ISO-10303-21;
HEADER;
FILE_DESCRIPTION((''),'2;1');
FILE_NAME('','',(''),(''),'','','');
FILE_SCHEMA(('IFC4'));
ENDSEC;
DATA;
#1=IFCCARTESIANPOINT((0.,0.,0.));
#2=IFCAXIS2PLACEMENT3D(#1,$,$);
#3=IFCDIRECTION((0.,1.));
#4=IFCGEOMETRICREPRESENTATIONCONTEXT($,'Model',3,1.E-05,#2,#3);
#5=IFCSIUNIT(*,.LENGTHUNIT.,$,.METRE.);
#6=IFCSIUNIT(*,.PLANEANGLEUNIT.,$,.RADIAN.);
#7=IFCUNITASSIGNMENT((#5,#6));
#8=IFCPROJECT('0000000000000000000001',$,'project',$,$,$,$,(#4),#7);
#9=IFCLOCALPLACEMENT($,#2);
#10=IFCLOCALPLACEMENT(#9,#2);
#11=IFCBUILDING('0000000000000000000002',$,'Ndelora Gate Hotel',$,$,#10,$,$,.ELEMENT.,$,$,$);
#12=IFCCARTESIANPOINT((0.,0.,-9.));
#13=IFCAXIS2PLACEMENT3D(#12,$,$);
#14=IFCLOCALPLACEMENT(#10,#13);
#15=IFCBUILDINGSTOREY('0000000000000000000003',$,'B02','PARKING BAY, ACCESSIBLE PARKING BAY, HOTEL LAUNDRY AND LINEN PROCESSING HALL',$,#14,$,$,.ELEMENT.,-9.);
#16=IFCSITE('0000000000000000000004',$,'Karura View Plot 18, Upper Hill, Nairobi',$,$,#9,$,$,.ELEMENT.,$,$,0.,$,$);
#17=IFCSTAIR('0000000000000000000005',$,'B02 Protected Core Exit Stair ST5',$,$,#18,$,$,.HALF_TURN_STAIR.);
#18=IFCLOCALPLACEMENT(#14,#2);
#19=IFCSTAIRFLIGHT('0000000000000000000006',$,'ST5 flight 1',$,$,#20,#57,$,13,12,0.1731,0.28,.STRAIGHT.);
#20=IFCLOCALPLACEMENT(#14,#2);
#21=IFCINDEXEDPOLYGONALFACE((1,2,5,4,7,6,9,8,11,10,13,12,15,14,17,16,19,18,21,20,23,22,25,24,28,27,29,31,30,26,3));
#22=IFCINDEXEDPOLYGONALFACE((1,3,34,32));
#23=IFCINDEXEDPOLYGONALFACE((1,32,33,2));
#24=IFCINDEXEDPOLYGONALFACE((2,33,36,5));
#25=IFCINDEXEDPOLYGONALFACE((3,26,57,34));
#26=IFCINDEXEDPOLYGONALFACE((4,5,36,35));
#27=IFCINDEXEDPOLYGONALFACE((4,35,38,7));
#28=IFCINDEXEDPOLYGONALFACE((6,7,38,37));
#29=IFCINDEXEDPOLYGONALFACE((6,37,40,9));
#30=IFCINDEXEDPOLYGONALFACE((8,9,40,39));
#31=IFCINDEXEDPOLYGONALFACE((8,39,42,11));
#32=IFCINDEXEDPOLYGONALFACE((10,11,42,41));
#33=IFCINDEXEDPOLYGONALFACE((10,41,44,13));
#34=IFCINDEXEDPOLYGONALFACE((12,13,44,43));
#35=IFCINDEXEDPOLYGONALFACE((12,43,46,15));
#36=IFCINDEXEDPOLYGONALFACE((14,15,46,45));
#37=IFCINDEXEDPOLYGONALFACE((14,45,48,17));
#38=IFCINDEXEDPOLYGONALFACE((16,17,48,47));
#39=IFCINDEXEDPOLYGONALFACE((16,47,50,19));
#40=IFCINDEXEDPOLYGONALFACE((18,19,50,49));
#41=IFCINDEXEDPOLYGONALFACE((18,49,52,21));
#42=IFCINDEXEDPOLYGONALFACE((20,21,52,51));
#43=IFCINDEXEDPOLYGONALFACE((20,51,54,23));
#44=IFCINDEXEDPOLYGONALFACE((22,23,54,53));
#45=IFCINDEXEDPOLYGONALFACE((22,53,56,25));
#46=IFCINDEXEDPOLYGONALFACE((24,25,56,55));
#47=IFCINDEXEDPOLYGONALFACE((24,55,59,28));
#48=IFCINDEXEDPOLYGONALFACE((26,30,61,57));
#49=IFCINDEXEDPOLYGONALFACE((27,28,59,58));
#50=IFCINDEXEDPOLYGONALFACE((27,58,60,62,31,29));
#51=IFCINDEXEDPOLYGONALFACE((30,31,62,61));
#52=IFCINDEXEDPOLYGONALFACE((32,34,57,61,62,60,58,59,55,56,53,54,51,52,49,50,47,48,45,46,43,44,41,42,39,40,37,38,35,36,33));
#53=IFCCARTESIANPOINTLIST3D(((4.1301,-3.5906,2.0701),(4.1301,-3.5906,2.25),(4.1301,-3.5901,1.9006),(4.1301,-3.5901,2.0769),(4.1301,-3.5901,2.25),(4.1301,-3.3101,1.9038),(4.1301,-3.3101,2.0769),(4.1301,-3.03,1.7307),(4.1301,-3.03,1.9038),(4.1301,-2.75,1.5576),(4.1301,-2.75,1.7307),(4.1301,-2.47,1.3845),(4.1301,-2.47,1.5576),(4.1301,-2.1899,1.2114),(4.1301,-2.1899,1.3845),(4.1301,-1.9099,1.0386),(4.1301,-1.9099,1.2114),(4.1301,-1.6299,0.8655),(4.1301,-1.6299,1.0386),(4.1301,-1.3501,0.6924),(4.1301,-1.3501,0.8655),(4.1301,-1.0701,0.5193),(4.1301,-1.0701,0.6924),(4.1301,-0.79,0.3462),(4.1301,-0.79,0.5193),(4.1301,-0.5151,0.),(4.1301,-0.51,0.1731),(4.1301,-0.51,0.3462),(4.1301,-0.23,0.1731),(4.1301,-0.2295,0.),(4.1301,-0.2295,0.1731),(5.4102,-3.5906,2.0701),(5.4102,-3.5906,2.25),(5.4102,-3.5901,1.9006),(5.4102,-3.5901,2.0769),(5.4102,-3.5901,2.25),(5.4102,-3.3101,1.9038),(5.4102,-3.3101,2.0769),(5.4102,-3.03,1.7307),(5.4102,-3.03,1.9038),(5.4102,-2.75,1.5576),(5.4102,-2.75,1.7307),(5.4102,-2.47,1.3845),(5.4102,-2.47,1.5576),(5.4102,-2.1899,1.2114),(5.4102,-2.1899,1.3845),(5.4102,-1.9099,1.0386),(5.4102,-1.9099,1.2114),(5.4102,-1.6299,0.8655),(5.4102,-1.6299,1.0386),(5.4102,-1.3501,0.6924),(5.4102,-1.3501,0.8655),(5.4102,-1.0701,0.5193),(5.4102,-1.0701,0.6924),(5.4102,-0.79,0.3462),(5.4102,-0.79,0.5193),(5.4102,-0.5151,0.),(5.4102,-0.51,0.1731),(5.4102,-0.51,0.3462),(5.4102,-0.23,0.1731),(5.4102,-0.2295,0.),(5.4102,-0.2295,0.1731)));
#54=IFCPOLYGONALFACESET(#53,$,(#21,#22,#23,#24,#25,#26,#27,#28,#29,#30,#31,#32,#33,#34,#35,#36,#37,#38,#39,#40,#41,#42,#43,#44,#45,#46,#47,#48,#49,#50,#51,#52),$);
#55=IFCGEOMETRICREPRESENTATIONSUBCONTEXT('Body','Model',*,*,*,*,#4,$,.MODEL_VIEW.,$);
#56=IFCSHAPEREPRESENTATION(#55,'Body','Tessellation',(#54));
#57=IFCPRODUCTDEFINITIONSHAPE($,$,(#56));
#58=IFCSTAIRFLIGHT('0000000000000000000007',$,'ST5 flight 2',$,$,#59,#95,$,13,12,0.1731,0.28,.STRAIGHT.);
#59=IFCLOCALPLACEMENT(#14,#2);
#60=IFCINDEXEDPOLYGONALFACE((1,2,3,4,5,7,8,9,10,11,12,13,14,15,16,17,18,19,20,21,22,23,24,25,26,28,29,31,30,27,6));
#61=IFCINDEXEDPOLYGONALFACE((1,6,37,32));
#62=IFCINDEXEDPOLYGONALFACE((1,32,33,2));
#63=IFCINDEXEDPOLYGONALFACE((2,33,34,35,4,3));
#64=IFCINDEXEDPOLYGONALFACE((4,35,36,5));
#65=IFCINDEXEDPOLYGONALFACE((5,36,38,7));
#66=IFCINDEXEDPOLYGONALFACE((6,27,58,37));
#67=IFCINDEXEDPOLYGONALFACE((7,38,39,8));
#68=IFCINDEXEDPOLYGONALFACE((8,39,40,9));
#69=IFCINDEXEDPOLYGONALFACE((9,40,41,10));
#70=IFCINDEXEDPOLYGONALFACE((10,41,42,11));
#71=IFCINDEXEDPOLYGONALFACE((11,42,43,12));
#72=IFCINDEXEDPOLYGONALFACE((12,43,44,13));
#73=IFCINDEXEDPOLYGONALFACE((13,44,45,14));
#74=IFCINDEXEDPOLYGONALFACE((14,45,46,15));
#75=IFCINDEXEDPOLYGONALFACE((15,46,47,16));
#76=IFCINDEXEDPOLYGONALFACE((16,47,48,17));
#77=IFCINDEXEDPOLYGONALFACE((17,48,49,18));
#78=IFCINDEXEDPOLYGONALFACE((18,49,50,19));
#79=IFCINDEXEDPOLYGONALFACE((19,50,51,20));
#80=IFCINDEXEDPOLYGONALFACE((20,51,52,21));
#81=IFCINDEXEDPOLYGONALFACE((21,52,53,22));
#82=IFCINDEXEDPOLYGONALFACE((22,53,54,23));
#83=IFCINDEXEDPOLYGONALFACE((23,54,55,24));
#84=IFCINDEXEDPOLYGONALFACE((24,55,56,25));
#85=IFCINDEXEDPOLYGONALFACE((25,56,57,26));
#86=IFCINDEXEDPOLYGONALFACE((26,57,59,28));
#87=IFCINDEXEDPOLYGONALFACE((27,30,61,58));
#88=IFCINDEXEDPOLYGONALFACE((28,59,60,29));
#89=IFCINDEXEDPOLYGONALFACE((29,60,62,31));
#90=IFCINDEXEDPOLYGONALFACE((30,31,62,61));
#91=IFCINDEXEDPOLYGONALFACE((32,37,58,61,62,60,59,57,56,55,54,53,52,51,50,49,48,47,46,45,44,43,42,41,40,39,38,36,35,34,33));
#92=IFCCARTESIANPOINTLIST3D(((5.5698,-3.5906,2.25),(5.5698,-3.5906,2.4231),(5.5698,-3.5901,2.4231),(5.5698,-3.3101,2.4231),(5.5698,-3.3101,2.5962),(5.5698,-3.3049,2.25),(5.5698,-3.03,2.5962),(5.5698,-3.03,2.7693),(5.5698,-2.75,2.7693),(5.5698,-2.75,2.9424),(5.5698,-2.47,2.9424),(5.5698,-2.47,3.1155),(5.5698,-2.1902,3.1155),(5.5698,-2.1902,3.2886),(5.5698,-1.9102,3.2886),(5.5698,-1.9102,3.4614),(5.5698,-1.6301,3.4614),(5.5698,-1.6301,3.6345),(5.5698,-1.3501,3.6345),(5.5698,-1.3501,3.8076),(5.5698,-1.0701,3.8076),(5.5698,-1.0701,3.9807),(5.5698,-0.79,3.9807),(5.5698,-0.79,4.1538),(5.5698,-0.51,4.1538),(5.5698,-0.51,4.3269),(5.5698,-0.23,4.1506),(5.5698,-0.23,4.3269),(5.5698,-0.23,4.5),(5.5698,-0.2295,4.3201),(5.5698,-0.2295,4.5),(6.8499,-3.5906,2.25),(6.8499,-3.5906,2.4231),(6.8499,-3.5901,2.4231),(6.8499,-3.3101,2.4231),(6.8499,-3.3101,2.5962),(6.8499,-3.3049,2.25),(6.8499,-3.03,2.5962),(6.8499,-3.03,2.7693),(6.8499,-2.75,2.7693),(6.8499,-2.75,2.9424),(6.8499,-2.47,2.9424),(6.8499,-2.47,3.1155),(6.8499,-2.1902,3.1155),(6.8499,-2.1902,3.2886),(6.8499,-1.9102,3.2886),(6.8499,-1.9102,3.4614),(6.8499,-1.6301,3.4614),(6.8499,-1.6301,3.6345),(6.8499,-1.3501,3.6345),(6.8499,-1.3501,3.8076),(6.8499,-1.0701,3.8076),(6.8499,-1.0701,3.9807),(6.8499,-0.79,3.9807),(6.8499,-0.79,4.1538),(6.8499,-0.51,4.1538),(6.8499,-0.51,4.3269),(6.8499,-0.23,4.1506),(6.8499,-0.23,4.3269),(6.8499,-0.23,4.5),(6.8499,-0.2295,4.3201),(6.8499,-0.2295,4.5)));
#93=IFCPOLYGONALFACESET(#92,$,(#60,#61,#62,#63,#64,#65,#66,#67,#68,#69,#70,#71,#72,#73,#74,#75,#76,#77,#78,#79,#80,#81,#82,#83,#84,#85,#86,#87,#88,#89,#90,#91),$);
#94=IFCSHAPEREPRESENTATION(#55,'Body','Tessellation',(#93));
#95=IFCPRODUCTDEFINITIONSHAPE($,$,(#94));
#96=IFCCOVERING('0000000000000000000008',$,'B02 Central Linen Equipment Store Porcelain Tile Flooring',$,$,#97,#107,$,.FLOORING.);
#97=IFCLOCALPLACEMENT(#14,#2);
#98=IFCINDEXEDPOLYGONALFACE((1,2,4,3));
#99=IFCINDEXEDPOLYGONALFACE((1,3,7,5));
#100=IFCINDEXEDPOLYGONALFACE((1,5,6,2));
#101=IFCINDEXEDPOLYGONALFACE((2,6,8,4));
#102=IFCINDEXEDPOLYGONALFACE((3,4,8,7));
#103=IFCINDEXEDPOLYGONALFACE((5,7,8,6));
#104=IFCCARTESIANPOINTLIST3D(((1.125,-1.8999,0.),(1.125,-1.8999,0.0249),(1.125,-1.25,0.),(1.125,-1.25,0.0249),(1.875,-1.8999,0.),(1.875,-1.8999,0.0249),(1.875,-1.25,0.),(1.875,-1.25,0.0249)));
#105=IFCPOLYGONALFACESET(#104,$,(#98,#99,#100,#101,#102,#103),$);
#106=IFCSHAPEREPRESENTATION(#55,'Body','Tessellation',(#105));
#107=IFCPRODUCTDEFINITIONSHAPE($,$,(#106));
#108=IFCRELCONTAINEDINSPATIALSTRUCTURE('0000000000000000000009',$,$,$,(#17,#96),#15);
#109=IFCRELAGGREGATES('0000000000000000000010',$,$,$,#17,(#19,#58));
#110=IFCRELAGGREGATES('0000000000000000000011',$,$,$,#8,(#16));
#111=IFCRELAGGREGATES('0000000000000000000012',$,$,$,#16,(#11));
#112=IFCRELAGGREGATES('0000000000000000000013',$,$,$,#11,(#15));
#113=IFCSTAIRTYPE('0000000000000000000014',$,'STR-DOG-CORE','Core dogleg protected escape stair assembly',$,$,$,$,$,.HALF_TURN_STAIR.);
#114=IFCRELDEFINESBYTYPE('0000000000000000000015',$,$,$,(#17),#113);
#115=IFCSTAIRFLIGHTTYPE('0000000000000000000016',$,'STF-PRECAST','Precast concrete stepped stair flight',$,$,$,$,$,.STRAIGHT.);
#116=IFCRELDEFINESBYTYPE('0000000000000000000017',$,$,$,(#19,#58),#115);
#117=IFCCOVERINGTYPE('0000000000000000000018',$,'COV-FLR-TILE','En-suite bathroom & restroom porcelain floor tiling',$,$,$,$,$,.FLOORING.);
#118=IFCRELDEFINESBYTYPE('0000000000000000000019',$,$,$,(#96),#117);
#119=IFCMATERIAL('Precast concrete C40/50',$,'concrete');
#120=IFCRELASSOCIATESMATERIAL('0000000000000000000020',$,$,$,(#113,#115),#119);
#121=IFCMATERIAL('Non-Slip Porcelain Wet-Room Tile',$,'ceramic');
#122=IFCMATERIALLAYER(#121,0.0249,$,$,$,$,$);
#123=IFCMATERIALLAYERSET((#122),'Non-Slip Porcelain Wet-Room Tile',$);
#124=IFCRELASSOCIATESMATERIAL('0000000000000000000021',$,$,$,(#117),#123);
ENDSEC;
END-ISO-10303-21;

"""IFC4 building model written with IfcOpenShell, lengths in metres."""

from ifc_helpers import new_model, si_unit, direction, frame, origin, origin_2d, place, context, subcontext, project, spatial, polyline, rectangle, outline, extrude, material, layer, layer_set, type_object, element, aggregate, save


model = new_model("IFC4")

# Units and contexts
model_context = context("Model", 3, precision=1e-05, world=origin(), true_north=direction((0.0, 1.0)))
body_context = subcontext(model_context, "Body", "Model", "MODEL_VIEW")
ifc_project = project(units=[si_unit("LENGTHUNIT", "METRE"), si_unit("PLANEANGLEUNIT", "RADIAN")], contexts=[model_context])

# Site, building, storey
site_placement = place(None, origin())
site = spatial("IfcSite", under=ifc_project, at=site_placement, Name="Karura View Plot 18, Upper Hill, Nairobi", CompositionType="ELEMENT", RefElevation=0.0)
building_placement = place(site_placement, origin())
building = spatial("IfcBuilding", under=site, at=building_placement, Name="Ndelora Gate Hotel", CompositionType="ELEMENT")
storey_placement = place(building_placement, frame((0.0, 0.0, -9.0)))
storey = spatial("IfcBuildingStorey", under=building, at=storey_placement, Name="B02", Description="PARKING BAY, ACCESSIBLE PARKING BAY, HOTEL LAUNDRY AND LINEN PROCESSING HALL", CompositionType="ELEMENT", Elevation=-9.0)

# Stair
ifc_material_1 = material(Name="Precast concrete C40/50", Category="concrete")
stair_type = type_object("IfcStairType", Name="STR-DOG-CORE", Description="Core dogleg protected escape stair assembly", PredefinedType="HALF_TURN_STAIR", material=ifc_material_1)
stair_1_placement = place(storey_placement, origin())
stair_1 = element("IfcStair", 1, at=stair_1_placement, inside=storey, type_object=stair_type, Name="B02 Protected Core Exit Stair ST5", PredefinedType="HALF_TURN_STAIR")

# Stair flights
stair_flight_type = type_object("IfcStairFlightType", Name="STF-PRECAST", Description="Precast concrete stepped stair flight", PredefinedType="STRAIGHT", material=ifc_material_1)
stair_flight_1_placement = place(storey_placement, frame((4.77, -0.23, 0.0), z_axis=(0.0, 0.0, 1.0), x_axis=(0.0, -1.0, 0.0)))
stair_flight_1 = element("IfcStairFlight", 2, at=stair_flight_1_placement, type_object=stair_flight_type, Name="ST5 flight 1", NumberOfRisers=13, NumberOfTreads=12, PredefinedType="STRAIGHT", RiserHeight=0.1731, TreadLength=0.28, context=body_context, shape_type="SweptSolid", body=[
    extrude(outline(polyline([(-0.0005, 0.0), (-0.0005, 0.1731), (0.0, 0.1731), (0.28, 0.1731), (0.28, 0.3462), (0.5601, 0.3462), (0.5601, 0.5193), (0.8401, 0.5193), (0.8401, 0.6924), (1.1201, 0.6924), (1.1201, 0.8655), (1.3999, 0.8655), (1.3999, 1.0386), (1.6799, 1.0386), (1.6799, 1.2114), (1.96, 1.2114), (1.96, 1.3845), (2.24, 1.3845), (2.24, 1.5576), (2.52, 1.5576), (2.52, 1.7307), (2.8, 1.7307), (2.8, 1.9038), (3.0801, 1.9038), (3.0801, 2.0769), (3.3601, 2.0769), (3.3601, 2.25), (3.3606, 2.25), (3.3606, 2.0701), (3.3601, 1.9006), (0.2852, 0.0), (-0.0005, 0.0)])), frame((0.0, 0.6401, 0.0), z_axis=(0.0, -1.0, 0.0), x_axis=(1.0, 0.0, 0.0)), (0.0, 0.0, 1.0), 1.28),
])
stair_flight_2_placement = place(storey_placement, frame((6.21, -3.5901, 2.25), z_axis=(0.0, 0.0, 1.0), x_axis=(0.0, 1.0, 0.0)))
stair_flight_2 = element("IfcStairFlight", 3, at=stair_flight_2_placement, type_object=stair_flight_type, Name="ST5 flight 2", NumberOfRisers=13, NumberOfTreads=12, PredefinedType="STRAIGHT", RiserHeight=0.1731, TreadLength=0.28, context=body_context, shape_type="SweptSolid", body=[
    extrude(outline(polyline([(-0.0005, 0.0), (-0.0005, 0.1731), (0.0, 0.1731), (0.28, 0.1731), (0.28, 0.3462), (0.5601, 0.3462), (0.5601, 0.5193), (0.8401, 0.5193), (0.8401, 0.6924), (1.1201, 0.6924), (1.1201, 0.8655), (1.3999, 0.8655), (1.3999, 1.0386), (1.6799, 1.0386), (1.6799, 1.2114), (1.96, 1.2114), (1.96, 1.3845), (2.24, 1.3845), (2.24, 1.5576), (2.52, 1.5576), (2.52, 1.7307), (2.8, 1.7307), (2.8, 1.9038), (3.0801, 1.9038), (3.0801, 2.0769), (3.3601, 2.0769), (3.3601, 2.25), (3.3606, 2.25), (3.3606, 2.0701), (3.3601, 1.9006), (0.2852, 0.0), (-0.0005, 0.0)])), frame((0.0, 0.6401, 0.0), z_axis=(0.0, -1.0, 0.0), x_axis=(1.0, 0.0, 0.0)), (0.0, 0.0, 1.0), 1.28),
])
aggregate(stair_1, [stair_flight_1, stair_flight_2])

# Covering
ifc_material_2 = material(Name="Non-Slip Porcelain Wet-Room Tile", Category="ceramic")
ifc_layer_1 = layer(ifc_material_2, 0.0249)
ifc_layer_set_1 = layer_set([ifc_layer_1], Name="Non-Slip Porcelain Wet-Room Tile")
covering_type = type_object("IfcCoveringType", Name="COV-FLR-TILE", Description="En-suite bathroom & restroom porcelain floor tiling", PredefinedType="FLOORING", material=ifc_layer_set_1)
covering_placement = place(storey_placement, frame((1.5, -1.575, 0.0), z_axis=(0.0, 0.0, 1.0), x_axis=(1.0, 0.0, 0.0)))
element("IfcCovering", 4, at=covering_placement, inside=storey, type_object=covering_type, Name="B02 Central Linen Equipment Store Porcelain Tile Flooring", PredefinedType="FLOORING", context=body_context, shape_type="SweptSolid", body=[
    extrude(rectangle(XDim=0.75, YDim=0.6499, at=origin_2d()), origin(), (0.0, 0.0, 1.0), 0.0249),
])

save(model, "model.ifc")
